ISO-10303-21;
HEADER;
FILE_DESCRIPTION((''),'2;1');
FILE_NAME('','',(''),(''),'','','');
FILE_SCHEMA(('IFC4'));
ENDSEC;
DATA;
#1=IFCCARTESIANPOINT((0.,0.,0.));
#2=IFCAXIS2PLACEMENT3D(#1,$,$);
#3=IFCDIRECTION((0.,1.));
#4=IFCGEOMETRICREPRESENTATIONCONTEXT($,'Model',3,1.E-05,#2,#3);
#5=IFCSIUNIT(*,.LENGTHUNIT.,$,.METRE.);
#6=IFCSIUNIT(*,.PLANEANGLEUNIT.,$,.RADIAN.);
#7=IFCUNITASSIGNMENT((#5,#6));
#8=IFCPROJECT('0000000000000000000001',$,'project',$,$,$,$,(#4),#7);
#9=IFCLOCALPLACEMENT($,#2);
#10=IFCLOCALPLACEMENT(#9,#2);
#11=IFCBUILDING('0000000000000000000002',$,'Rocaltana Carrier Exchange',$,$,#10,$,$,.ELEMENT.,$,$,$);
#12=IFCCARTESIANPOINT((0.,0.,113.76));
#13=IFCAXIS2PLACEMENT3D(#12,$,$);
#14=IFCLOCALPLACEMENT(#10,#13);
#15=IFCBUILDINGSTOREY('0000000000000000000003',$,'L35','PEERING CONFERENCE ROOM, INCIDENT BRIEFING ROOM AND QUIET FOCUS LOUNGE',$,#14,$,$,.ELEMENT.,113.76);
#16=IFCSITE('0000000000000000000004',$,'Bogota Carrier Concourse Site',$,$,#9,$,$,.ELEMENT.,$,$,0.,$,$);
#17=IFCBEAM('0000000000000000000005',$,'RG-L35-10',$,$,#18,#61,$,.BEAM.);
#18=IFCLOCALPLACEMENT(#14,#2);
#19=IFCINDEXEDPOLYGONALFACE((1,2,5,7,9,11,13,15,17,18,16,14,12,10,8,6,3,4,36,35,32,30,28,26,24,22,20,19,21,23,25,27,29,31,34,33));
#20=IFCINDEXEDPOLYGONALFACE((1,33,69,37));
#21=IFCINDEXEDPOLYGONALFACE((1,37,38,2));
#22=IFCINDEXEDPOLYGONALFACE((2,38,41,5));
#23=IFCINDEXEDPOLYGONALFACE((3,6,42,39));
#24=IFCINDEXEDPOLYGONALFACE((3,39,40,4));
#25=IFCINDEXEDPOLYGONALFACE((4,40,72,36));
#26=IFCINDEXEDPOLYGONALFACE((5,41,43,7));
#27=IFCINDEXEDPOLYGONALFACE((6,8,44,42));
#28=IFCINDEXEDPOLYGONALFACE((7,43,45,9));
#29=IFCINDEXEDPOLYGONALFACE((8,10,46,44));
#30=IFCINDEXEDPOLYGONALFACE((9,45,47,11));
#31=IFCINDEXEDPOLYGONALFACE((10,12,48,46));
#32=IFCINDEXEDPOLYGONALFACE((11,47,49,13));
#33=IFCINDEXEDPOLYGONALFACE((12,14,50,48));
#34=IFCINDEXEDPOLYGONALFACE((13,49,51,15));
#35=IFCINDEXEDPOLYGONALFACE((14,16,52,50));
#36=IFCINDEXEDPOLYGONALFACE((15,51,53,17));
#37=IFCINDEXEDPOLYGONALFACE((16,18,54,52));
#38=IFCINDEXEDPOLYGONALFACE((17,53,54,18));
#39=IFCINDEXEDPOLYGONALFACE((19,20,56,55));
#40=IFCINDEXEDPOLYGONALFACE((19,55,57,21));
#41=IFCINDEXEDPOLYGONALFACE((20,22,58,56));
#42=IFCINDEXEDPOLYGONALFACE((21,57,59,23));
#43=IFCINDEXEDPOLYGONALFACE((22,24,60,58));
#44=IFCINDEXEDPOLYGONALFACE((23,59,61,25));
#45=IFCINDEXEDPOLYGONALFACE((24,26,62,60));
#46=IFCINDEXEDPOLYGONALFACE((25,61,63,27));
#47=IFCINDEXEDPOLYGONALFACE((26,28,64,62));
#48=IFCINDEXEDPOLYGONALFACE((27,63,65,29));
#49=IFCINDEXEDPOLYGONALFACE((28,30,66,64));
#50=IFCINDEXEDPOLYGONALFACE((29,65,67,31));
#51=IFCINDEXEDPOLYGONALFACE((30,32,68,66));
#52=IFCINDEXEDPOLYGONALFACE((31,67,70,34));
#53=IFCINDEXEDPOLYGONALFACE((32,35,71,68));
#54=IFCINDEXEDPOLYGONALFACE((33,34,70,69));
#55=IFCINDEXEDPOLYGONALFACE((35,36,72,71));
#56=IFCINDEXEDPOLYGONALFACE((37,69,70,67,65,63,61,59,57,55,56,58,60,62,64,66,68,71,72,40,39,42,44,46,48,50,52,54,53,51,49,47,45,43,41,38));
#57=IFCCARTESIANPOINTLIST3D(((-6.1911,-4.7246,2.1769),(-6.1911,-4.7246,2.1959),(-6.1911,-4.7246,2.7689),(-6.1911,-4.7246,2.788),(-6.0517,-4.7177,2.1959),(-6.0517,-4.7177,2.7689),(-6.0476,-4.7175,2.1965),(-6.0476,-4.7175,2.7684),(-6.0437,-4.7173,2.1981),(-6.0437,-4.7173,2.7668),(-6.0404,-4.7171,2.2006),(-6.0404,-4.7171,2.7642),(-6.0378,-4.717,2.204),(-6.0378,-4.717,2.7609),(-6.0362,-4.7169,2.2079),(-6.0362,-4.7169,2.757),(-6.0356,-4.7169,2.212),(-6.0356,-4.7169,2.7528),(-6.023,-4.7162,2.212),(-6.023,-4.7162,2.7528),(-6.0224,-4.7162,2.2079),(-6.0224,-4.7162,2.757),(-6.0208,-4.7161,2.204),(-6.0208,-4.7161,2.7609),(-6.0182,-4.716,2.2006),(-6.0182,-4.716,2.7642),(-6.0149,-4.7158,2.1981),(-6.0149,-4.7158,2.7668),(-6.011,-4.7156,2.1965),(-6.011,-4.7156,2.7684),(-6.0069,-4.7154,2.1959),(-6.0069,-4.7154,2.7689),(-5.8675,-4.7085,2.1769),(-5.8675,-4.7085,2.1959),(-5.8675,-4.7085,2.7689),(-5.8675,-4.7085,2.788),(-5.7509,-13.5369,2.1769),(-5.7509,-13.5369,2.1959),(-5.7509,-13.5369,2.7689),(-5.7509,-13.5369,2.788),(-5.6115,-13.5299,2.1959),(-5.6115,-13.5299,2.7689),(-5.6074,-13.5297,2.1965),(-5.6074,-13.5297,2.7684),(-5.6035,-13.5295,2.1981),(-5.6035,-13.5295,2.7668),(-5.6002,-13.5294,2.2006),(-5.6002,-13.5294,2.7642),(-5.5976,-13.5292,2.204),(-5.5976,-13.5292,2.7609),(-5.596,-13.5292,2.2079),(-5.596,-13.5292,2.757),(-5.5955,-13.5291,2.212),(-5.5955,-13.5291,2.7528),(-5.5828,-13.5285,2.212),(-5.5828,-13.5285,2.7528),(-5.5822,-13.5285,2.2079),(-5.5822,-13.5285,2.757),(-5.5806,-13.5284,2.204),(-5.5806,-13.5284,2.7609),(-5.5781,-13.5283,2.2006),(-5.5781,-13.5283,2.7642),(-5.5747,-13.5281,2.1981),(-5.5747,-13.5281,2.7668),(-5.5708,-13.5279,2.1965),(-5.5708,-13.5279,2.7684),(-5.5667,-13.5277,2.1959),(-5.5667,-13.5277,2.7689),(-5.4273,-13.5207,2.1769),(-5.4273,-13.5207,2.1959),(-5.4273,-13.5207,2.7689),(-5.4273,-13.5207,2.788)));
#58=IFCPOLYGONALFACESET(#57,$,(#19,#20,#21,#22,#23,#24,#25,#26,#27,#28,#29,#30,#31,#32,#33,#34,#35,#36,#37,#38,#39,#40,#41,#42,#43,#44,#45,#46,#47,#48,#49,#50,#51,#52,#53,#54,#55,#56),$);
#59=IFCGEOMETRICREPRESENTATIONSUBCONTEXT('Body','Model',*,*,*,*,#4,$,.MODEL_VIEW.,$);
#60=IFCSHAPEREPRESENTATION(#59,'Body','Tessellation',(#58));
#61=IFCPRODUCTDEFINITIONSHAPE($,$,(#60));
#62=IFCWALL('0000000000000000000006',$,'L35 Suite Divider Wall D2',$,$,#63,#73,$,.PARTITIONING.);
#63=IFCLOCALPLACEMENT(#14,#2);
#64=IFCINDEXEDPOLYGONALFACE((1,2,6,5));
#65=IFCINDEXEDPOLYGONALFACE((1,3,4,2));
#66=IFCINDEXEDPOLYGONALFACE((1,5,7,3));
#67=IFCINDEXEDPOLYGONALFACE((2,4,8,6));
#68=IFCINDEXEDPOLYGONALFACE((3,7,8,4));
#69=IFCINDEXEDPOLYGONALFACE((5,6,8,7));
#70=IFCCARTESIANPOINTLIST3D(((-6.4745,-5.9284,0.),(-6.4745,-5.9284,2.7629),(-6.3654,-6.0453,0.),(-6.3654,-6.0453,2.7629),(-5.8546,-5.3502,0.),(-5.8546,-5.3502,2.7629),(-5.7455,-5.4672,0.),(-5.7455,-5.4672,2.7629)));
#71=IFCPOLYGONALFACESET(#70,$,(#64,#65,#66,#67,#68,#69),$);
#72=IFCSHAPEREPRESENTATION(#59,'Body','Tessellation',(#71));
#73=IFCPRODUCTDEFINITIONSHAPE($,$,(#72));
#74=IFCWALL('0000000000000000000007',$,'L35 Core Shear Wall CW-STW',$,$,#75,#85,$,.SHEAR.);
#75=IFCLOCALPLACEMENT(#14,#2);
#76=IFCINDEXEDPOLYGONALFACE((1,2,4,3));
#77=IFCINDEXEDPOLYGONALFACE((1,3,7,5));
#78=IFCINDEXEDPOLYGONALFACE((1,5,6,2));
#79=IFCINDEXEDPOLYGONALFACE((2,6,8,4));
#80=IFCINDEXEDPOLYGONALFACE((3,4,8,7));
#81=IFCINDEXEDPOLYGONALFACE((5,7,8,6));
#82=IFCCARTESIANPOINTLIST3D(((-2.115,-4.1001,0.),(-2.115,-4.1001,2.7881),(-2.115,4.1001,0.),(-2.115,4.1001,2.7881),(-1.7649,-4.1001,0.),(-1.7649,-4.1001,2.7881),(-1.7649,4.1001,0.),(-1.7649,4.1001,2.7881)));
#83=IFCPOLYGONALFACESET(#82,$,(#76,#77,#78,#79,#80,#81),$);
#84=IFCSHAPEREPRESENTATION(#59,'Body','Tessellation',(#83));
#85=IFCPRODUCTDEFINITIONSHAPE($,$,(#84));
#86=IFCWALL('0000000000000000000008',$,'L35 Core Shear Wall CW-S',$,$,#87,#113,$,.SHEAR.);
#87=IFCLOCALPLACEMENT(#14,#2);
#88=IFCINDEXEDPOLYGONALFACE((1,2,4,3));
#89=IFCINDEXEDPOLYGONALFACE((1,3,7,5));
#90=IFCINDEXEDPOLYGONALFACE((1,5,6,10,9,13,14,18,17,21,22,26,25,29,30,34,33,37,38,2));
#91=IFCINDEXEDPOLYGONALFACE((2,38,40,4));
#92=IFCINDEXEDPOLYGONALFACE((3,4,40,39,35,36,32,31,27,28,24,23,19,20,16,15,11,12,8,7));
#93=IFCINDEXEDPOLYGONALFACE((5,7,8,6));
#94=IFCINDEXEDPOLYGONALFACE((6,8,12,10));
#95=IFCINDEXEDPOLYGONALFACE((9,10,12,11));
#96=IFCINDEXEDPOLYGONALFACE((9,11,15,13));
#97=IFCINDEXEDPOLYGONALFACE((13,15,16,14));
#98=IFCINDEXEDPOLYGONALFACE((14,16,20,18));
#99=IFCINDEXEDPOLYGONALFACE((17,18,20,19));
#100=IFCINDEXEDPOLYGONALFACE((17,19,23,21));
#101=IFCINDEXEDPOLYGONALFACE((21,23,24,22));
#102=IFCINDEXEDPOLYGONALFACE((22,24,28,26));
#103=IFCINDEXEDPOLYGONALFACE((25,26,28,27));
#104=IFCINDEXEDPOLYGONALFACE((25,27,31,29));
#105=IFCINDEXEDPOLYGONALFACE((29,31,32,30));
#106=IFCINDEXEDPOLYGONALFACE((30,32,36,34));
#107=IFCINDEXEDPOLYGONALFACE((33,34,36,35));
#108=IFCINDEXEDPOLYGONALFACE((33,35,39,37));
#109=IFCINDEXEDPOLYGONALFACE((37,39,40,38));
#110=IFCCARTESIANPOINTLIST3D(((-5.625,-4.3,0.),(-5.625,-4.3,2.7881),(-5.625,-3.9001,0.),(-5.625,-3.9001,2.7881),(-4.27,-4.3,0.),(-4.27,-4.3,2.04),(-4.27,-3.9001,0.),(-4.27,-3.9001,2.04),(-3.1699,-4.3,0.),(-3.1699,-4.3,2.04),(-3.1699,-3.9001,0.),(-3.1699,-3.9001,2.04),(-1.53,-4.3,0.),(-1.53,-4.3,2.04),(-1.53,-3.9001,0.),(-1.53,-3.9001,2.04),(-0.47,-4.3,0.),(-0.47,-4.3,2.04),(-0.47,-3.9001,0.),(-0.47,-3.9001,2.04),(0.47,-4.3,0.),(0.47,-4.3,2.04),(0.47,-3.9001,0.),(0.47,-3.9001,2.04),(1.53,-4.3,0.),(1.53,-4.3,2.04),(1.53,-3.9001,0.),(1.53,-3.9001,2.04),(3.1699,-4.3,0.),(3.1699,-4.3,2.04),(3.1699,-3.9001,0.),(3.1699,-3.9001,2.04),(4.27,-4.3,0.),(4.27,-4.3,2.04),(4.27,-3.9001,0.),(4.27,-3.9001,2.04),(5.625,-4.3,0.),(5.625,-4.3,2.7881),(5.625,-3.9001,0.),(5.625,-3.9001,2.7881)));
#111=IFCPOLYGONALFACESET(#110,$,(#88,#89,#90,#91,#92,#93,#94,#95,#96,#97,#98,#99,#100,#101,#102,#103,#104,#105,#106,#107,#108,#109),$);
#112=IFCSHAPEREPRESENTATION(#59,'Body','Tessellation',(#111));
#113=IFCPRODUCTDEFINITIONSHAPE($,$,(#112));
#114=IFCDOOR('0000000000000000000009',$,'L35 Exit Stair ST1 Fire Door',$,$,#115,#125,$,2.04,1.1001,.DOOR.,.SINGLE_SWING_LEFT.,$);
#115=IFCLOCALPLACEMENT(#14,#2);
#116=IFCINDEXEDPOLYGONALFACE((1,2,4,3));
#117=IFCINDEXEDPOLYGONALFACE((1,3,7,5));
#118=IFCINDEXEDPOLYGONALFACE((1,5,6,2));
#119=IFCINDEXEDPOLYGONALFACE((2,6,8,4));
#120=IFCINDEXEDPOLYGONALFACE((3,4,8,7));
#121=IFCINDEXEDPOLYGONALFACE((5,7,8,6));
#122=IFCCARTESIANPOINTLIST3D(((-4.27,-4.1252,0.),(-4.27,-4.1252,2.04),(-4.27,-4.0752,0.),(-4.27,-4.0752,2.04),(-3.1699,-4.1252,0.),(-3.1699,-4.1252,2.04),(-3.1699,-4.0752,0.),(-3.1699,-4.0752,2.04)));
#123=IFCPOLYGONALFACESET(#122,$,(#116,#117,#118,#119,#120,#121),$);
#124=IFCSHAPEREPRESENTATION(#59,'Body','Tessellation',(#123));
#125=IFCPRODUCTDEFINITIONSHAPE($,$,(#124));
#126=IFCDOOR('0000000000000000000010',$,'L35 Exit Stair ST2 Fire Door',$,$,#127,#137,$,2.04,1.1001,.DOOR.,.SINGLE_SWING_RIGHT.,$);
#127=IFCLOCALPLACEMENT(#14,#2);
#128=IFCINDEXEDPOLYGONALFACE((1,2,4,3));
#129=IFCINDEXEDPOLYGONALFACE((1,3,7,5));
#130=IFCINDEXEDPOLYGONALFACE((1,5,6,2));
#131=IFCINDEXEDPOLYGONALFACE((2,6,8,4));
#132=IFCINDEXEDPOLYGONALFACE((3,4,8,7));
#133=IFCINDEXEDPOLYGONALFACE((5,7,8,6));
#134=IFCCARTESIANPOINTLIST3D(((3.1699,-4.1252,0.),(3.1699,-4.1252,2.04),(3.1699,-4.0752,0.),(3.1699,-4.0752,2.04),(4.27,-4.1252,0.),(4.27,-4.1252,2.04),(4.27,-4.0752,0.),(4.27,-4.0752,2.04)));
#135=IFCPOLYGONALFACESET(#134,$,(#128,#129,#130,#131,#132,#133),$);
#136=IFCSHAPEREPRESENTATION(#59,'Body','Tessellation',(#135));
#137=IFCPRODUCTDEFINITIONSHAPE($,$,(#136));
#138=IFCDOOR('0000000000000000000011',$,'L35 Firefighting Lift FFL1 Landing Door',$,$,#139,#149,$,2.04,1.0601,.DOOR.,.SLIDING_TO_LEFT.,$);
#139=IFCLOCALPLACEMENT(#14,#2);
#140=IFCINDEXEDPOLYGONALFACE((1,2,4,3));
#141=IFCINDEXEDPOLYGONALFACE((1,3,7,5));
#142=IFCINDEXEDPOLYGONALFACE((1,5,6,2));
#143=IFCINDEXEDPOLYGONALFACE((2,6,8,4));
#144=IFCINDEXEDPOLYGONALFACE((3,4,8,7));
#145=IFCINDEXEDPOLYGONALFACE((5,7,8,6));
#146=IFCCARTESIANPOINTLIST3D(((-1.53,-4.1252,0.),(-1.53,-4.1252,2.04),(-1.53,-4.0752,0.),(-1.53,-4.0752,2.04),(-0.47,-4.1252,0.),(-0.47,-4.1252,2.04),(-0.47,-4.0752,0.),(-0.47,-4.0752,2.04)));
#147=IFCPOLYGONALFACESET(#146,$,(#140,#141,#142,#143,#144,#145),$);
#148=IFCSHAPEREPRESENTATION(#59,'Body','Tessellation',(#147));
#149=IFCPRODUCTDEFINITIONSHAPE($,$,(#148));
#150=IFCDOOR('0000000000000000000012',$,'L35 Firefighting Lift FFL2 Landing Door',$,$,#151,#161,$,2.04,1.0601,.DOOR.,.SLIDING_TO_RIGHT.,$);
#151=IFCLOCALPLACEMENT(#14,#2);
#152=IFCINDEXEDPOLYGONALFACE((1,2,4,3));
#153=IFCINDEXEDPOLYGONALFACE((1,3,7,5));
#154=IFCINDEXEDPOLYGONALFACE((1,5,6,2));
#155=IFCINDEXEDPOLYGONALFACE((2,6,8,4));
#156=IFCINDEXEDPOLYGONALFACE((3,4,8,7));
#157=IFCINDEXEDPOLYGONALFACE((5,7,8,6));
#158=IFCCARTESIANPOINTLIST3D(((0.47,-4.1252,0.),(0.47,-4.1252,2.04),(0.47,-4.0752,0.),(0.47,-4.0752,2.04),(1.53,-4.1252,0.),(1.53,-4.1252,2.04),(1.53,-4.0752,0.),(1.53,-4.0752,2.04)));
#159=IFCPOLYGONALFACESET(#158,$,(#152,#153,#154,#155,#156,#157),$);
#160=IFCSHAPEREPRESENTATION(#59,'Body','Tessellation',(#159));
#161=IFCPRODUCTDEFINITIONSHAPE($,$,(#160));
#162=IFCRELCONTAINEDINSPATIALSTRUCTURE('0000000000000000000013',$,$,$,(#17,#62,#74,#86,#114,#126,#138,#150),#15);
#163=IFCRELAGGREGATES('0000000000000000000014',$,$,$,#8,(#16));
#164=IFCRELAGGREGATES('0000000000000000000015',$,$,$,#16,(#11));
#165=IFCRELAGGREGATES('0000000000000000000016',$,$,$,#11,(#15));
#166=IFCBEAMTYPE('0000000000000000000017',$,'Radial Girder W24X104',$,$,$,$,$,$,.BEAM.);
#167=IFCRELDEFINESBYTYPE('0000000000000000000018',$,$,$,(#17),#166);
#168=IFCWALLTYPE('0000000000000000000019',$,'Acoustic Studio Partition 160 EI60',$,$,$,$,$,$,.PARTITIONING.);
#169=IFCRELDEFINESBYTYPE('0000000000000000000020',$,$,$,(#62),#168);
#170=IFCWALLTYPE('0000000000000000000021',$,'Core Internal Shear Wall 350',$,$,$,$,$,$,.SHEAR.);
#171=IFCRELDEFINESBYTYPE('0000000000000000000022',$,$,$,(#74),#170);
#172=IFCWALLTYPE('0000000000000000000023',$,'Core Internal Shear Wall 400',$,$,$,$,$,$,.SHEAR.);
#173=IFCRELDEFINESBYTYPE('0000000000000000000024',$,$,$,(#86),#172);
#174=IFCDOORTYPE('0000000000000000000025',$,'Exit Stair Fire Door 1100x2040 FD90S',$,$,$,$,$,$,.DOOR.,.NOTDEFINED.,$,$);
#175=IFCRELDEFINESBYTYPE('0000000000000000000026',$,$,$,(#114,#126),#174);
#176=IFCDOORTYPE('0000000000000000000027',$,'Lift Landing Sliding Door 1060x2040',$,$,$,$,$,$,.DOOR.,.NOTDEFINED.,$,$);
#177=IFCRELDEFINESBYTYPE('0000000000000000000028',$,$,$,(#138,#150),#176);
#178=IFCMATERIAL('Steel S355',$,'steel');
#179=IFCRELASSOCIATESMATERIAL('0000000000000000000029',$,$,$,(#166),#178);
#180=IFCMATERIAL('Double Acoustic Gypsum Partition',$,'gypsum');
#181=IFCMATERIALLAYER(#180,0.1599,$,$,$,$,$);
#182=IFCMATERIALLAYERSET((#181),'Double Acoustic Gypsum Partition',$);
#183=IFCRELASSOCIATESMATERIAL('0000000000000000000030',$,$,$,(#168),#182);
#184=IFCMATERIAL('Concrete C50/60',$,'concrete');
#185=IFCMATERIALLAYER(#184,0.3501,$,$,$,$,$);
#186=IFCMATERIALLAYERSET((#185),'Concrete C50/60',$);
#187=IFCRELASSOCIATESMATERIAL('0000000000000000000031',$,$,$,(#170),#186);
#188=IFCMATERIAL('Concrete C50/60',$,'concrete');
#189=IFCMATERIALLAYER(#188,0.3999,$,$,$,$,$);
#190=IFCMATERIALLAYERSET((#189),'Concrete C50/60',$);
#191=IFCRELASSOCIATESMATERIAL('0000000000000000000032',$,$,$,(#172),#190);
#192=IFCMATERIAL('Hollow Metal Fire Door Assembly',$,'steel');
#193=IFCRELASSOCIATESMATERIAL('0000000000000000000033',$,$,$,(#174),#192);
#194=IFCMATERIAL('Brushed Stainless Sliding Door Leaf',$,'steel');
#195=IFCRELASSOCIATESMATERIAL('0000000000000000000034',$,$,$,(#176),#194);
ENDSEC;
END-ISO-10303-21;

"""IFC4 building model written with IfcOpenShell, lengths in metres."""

from ifc_helpers import new_model, si_unit, direction, frame, frame_2d, origin, origin_2d, place, context, subcontext, project, spatial, rectangle, i_section, extrude, material, layer, layer_set, material_profile, profile_set, type_object, element, fill, save


model = new_model("IFC4")

# Units and contexts
model_context = context("Model", 3, precision=1e-05, world=origin(), true_north=direction((0.0, 1.0)))
body_context = subcontext(model_context, "Body", "Model", "MODEL_VIEW")
ifc_project = project(units=[si_unit("LENGTHUNIT", "METRE"), si_unit("PLANEANGLEUNIT", "RADIAN")], contexts=[model_context])

# Site, building, storey
site_placement = place(None, origin())
site = spatial("IfcSite", under=ifc_project, at=site_placement, Name="Bogota Carrier Concourse Site", CompositionType="ELEMENT", RefElevation=0.0)
building_placement = place(site_placement, origin())
building = spatial("IfcBuilding", under=site, at=building_placement, Name="Rocaltana Carrier Exchange", CompositionType="ELEMENT")
storey_placement = place(building_placement, frame((0.0, 0.0, 113.76)))
storey = spatial("IfcBuildingStorey", under=building, at=storey_placement, Name="L35", Description="PEERING CONFERENCE ROOM, INCIDENT BRIEFING ROOM AND QUIET FOCUS LOUNGE", CompositionType="ELEMENT", Elevation=113.76)

# Beam
ifc_material_1 = material(Name="Steel S355", Category="steel")
ifc_material_profile_1 = material_profile(ifc_material_1, i_section(OverallWidth=0.324, OverallDepth=0.6111, WebThickness=0.0127, FlangeThickness=0.019, FilletRadius=0.0161, at=origin_2d()), Name="W24X104")
ifc_profile_set_1 = profile_set([ifc_material_profile_1], Name="Steel S355")
beam_type = type_object("IfcBeamType", Name="Radial Girder W24X104", PredefinedType="BEAM", material=ifc_profile_set_1)
beam_1_placement = place(storey_placement, frame((-6.0293, -4.7166, 2.4824), z_axis=(0.049889, -0.998755, 0.0), x_axis=(0.998755, 0.049889, 0.0)))
element("IfcBeam", 1, at=beam_1_placement, inside=storey, type_object=beam_type, Name="RG-L35-10", PredefinedType="BEAM", context=body_context, shape_type="SweptSolid", body=[
    extrude(i_section(OverallWidth=0.324, OverallDepth=0.6111, WebThickness=0.0127, FlangeThickness=0.019, FilletRadius=0.0161, at=origin_2d()), origin(), (0.0, 0.0, 1.0), 8.8232),
])

# Walls
ifc_material_2 = material(Name="Double Acoustic Gypsum Partition", Category="gypsum")
ifc_layer_1 = layer(ifc_material_2, 0.1599)
ifc_layer_set_1 = layer_set([ifc_layer_1], Name="Double Acoustic Gypsum Partition")
wall_type_1 = type_object("IfcWallType", Name="Acoustic Studio Partition 160 EI60", PredefinedType="PARTITIONING", material=ifc_layer_set_1)
wall_1_placement = place(storey_placement, frame((-5.8, -5.4087, 0.0), z_axis=(0.0, 0.0, 1.0), x_axis=(-0.731304, -0.682051, 0.0)))
element("IfcWall", 2, at=wall_1_placement, inside=storey, type_object=wall_type_1, Name="L35 Suite Divider Wall D2", PredefinedType="PARTITIONING", context=body_context, shape_type="SweptSolid", body=[
    extrude(rectangle(XDim=0.8477, YDim=0.1599, at=frame_2d((0.4238, 0.0))), origin(), (0.0, 0.0, 1.0), 2.7629),
])
ifc_material_3 = material(Name="Concrete C50/60", Category="concrete")
ifc_layer_2 = layer(ifc_material_3, 0.3501)
ifc_layer_set_2 = layer_set([ifc_layer_2], Name="Concrete C50/60")
wall_type_2 = type_object("IfcWallType", Name="Core Internal Shear Wall 350", PredefinedType="SHEAR", material=ifc_layer_set_2)
wall_2_placement = place(storey_placement, frame((-1.9399, -4.1001, 0.0), z_axis=(0.0, 0.0, 1.0), x_axis=(0.0, 1.0, 0.0)))
element("IfcWall", 3, at=wall_2_placement, inside=storey, type_object=wall_type_2, Name="L35 Core Shear Wall CW-STW", PredefinedType="SHEAR", context=body_context, shape_type="SweptSolid", body=[
    extrude(rectangle(XDim=8.2002, YDim=0.3501, at=frame_2d((4.1001, 0.0))), origin(), (0.0, 0.0, 1.0), 2.7881),
])

# Wall, openings, doors
ifc_material_4 = material(Name="Concrete C50/60", Category="concrete")
ifc_layer_3 = layer(ifc_material_4, 0.3999)
ifc_layer_set_3 = layer_set([ifc_layer_3], Name="Concrete C50/60")
wall_type_3 = type_object("IfcWallType", Name="Core Internal Shear Wall 400", PredefinedType="SHEAR", material=ifc_layer_set_3)
wall_3_placement = place(storey_placement, frame((-5.625, -4.1001, 0.0), z_axis=(0.0, 0.0, 1.0), x_axis=(1.0, 0.0, 0.0)))
wall_3 = element("IfcWall", 4, at=wall_3_placement, inside=storey, type_object=wall_type_3, Name="L35 Core Shear Wall CW-S", PredefinedType="SHEAR", context=body_context, shape_type="SweptSolid", body=[
    extrude(rectangle(XDim=11.25, YDim=0.3999, at=frame_2d((5.625, 0.0))), origin(), (0.0, 0.0, 1.0), 2.7881),
])
opening_1_placement = place(wall_3_placement, frame((1.355, 0.0, 0.0)))
opening_1 = element("IfcOpeningElement", 5, at=opening_1_placement, cuts=wall_3, PredefinedType="OPENING", context=body_context, shape_type="SweptSolid", body=[
    extrude(rectangle(XDim=1.1001, YDim=2.04, at=frame_2d((0.55, 1.02))), frame((0.0, 0.21, 0.0), z_axis=(0.0, -1.0, 0.0), x_axis=(1.0, 0.0, 0.0)), (0.0, 0.0, 1.0), 0.4199),
])
opening_2_placement = place(wall_3_placement, frame((8.7949, 0.0, 0.0)))
opening_2 = element("IfcOpeningElement", 6, at=opening_2_placement, cuts=wall_3, PredefinedType="OPENING", context=body_context, shape_type="SweptSolid", body=[
    extrude(rectangle(XDim=1.1001, YDim=2.04, at=frame_2d((0.55, 1.02))), frame((0.0, 0.21, 0.0), z_axis=(0.0, -1.0, 0.0), x_axis=(1.0, 0.0, 0.0)), (0.0, 0.0, 1.0), 0.4199),
])
opening_3_placement = place(wall_3_placement, frame((4.095, 0.0, 0.0)))
opening_3 = element("IfcOpeningElement", 7, at=opening_3_placement, cuts=wall_3, PredefinedType="OPENING", context=body_context, shape_type="SweptSolid", body=[
    extrude(rectangle(XDim=1.0601, YDim=2.04, at=frame_2d((0.53, 1.02))), frame((0.0, 0.21, 0.0), z_axis=(0.0, -1.0, 0.0), x_axis=(1.0, 0.0, 0.0)), (0.0, 0.0, 1.0), 0.4199),
])
opening_4_placement = place(wall_3_placement, frame((6.095, 0.0, 0.0)))
opening_4 = element("IfcOpeningElement", 8, at=opening_4_placement, cuts=wall_3, PredefinedType="OPENING", context=body_context, shape_type="SweptSolid", body=[
    extrude(rectangle(XDim=1.0601, YDim=2.04, at=frame_2d((0.53, 1.02))), frame((0.0, 0.21, 0.0), z_axis=(0.0, -1.0, 0.0), x_axis=(1.0, 0.0, 0.0)), (0.0, 0.0, 1.0), 0.4199),
])
ifc_material_5 = material(Name="Hollow Metal Fire Door Assembly", Category="steel")
door_type_1 = type_object("IfcDoorType", Name="Exit Stair Fire Door 1100x2040 FD90S", OperationType="NOTDEFINED", PredefinedType="DOOR", material=ifc_material_5)
door_1_placement = place(opening_1_placement, origin())
door_1 = element("IfcDoor", 9, at=door_1_placement, inside=storey, type_object=door_type_1, Name="L35 Exit Stair ST1 Fire Door", OperationType="SINGLE_SWING_LEFT", OverallHeight=2.04, OverallWidth=1.1001, PredefinedType="DOOR", context=body_context, shape_type="SweptSolid", body=[
    extrude(rectangle(XDim=1.1001, YDim=2.04, at=frame_2d((0.55, 1.02))), frame((0.0, 0.0249, 0.0), z_axis=(0.0, -1.0, 0.0), x_axis=(1.0, 0.0, 0.0)), (0.0, 0.0, 1.0), 0.05),
])
fill(opening_1, door_1)
door_2_placement = place(opening_2_placement, origin())
door_2 = element("IfcDoor", 10, at=door_2_placement, inside=storey, type_object=door_type_1, Name="L35 Exit Stair ST2 Fire Door", OperationType="SINGLE_SWING_RIGHT", OverallHeight=2.04, OverallWidth=1.1001, PredefinedType="DOOR", context=body_context, shape_type="SweptSolid", body=[
    extrude(rectangle(XDim=1.1001, YDim=2.04, at=frame_2d((0.55, 1.02))), frame((0.0, 0.0249, 0.0), z_axis=(0.0, -1.0, 0.0), x_axis=(1.0, 0.0, 0.0)), (0.0, 0.0, 1.0), 0.05),
])
fill(opening_2, door_2)
ifc_material_6 = material(Name="Brushed Stainless Sliding Door Leaf", Category="steel")
door_type_2 = type_object("IfcDoorType", Name="Lift Landing Sliding Door 1060x2040", OperationType="NOTDEFINED", PredefinedType="DOOR", material=ifc_material_6)
door_3_placement = place(opening_3_placement, origin())
door_3 = element("IfcDoor", 11, at=door_3_placement, inside=storey, type_object=door_type_2, Name="L35 Firefighting Lift FFL1 Landing Door", OperationType="SLIDING_TO_LEFT", OverallHeight=2.04, OverallWidth=1.0601, PredefinedType="DOOR", context=body_context, shape_type="SweptSolid", body=[
    extrude(rectangle(XDim=1.0601, YDim=2.04, at=frame_2d((0.53, 1.02))), frame((0.0, 0.0249, 0.0), z_axis=(0.0, -1.0, 0.0), x_axis=(1.0, 0.0, 0.0)), (0.0, 0.0, 1.0), 0.05),
])
fill(opening_3, door_3)
door_4_placement = place(opening_4_placement, origin())
door_4 = element("IfcDoor", 12, at=door_4_placement, inside=storey, type_object=door_type_2, Name="L35 Firefighting Lift FFL2 Landing Door", OperationType="SLIDING_TO_RIGHT", OverallHeight=2.04, OverallWidth=1.0601, PredefinedType="DOOR", context=body_context, shape_type="SweptSolid", body=[
    extrude(rectangle(XDim=1.0601, YDim=2.04, at=frame_2d((0.53, 1.02))), frame((0.0, 0.0249, 0.0), z_axis=(0.0, -1.0, 0.0), x_axis=(1.0, 0.0, 0.0)), (0.0, 0.0, 1.0), 0.05),
])
fill(opening_4, door_4)

save(model, "model.ifc")
